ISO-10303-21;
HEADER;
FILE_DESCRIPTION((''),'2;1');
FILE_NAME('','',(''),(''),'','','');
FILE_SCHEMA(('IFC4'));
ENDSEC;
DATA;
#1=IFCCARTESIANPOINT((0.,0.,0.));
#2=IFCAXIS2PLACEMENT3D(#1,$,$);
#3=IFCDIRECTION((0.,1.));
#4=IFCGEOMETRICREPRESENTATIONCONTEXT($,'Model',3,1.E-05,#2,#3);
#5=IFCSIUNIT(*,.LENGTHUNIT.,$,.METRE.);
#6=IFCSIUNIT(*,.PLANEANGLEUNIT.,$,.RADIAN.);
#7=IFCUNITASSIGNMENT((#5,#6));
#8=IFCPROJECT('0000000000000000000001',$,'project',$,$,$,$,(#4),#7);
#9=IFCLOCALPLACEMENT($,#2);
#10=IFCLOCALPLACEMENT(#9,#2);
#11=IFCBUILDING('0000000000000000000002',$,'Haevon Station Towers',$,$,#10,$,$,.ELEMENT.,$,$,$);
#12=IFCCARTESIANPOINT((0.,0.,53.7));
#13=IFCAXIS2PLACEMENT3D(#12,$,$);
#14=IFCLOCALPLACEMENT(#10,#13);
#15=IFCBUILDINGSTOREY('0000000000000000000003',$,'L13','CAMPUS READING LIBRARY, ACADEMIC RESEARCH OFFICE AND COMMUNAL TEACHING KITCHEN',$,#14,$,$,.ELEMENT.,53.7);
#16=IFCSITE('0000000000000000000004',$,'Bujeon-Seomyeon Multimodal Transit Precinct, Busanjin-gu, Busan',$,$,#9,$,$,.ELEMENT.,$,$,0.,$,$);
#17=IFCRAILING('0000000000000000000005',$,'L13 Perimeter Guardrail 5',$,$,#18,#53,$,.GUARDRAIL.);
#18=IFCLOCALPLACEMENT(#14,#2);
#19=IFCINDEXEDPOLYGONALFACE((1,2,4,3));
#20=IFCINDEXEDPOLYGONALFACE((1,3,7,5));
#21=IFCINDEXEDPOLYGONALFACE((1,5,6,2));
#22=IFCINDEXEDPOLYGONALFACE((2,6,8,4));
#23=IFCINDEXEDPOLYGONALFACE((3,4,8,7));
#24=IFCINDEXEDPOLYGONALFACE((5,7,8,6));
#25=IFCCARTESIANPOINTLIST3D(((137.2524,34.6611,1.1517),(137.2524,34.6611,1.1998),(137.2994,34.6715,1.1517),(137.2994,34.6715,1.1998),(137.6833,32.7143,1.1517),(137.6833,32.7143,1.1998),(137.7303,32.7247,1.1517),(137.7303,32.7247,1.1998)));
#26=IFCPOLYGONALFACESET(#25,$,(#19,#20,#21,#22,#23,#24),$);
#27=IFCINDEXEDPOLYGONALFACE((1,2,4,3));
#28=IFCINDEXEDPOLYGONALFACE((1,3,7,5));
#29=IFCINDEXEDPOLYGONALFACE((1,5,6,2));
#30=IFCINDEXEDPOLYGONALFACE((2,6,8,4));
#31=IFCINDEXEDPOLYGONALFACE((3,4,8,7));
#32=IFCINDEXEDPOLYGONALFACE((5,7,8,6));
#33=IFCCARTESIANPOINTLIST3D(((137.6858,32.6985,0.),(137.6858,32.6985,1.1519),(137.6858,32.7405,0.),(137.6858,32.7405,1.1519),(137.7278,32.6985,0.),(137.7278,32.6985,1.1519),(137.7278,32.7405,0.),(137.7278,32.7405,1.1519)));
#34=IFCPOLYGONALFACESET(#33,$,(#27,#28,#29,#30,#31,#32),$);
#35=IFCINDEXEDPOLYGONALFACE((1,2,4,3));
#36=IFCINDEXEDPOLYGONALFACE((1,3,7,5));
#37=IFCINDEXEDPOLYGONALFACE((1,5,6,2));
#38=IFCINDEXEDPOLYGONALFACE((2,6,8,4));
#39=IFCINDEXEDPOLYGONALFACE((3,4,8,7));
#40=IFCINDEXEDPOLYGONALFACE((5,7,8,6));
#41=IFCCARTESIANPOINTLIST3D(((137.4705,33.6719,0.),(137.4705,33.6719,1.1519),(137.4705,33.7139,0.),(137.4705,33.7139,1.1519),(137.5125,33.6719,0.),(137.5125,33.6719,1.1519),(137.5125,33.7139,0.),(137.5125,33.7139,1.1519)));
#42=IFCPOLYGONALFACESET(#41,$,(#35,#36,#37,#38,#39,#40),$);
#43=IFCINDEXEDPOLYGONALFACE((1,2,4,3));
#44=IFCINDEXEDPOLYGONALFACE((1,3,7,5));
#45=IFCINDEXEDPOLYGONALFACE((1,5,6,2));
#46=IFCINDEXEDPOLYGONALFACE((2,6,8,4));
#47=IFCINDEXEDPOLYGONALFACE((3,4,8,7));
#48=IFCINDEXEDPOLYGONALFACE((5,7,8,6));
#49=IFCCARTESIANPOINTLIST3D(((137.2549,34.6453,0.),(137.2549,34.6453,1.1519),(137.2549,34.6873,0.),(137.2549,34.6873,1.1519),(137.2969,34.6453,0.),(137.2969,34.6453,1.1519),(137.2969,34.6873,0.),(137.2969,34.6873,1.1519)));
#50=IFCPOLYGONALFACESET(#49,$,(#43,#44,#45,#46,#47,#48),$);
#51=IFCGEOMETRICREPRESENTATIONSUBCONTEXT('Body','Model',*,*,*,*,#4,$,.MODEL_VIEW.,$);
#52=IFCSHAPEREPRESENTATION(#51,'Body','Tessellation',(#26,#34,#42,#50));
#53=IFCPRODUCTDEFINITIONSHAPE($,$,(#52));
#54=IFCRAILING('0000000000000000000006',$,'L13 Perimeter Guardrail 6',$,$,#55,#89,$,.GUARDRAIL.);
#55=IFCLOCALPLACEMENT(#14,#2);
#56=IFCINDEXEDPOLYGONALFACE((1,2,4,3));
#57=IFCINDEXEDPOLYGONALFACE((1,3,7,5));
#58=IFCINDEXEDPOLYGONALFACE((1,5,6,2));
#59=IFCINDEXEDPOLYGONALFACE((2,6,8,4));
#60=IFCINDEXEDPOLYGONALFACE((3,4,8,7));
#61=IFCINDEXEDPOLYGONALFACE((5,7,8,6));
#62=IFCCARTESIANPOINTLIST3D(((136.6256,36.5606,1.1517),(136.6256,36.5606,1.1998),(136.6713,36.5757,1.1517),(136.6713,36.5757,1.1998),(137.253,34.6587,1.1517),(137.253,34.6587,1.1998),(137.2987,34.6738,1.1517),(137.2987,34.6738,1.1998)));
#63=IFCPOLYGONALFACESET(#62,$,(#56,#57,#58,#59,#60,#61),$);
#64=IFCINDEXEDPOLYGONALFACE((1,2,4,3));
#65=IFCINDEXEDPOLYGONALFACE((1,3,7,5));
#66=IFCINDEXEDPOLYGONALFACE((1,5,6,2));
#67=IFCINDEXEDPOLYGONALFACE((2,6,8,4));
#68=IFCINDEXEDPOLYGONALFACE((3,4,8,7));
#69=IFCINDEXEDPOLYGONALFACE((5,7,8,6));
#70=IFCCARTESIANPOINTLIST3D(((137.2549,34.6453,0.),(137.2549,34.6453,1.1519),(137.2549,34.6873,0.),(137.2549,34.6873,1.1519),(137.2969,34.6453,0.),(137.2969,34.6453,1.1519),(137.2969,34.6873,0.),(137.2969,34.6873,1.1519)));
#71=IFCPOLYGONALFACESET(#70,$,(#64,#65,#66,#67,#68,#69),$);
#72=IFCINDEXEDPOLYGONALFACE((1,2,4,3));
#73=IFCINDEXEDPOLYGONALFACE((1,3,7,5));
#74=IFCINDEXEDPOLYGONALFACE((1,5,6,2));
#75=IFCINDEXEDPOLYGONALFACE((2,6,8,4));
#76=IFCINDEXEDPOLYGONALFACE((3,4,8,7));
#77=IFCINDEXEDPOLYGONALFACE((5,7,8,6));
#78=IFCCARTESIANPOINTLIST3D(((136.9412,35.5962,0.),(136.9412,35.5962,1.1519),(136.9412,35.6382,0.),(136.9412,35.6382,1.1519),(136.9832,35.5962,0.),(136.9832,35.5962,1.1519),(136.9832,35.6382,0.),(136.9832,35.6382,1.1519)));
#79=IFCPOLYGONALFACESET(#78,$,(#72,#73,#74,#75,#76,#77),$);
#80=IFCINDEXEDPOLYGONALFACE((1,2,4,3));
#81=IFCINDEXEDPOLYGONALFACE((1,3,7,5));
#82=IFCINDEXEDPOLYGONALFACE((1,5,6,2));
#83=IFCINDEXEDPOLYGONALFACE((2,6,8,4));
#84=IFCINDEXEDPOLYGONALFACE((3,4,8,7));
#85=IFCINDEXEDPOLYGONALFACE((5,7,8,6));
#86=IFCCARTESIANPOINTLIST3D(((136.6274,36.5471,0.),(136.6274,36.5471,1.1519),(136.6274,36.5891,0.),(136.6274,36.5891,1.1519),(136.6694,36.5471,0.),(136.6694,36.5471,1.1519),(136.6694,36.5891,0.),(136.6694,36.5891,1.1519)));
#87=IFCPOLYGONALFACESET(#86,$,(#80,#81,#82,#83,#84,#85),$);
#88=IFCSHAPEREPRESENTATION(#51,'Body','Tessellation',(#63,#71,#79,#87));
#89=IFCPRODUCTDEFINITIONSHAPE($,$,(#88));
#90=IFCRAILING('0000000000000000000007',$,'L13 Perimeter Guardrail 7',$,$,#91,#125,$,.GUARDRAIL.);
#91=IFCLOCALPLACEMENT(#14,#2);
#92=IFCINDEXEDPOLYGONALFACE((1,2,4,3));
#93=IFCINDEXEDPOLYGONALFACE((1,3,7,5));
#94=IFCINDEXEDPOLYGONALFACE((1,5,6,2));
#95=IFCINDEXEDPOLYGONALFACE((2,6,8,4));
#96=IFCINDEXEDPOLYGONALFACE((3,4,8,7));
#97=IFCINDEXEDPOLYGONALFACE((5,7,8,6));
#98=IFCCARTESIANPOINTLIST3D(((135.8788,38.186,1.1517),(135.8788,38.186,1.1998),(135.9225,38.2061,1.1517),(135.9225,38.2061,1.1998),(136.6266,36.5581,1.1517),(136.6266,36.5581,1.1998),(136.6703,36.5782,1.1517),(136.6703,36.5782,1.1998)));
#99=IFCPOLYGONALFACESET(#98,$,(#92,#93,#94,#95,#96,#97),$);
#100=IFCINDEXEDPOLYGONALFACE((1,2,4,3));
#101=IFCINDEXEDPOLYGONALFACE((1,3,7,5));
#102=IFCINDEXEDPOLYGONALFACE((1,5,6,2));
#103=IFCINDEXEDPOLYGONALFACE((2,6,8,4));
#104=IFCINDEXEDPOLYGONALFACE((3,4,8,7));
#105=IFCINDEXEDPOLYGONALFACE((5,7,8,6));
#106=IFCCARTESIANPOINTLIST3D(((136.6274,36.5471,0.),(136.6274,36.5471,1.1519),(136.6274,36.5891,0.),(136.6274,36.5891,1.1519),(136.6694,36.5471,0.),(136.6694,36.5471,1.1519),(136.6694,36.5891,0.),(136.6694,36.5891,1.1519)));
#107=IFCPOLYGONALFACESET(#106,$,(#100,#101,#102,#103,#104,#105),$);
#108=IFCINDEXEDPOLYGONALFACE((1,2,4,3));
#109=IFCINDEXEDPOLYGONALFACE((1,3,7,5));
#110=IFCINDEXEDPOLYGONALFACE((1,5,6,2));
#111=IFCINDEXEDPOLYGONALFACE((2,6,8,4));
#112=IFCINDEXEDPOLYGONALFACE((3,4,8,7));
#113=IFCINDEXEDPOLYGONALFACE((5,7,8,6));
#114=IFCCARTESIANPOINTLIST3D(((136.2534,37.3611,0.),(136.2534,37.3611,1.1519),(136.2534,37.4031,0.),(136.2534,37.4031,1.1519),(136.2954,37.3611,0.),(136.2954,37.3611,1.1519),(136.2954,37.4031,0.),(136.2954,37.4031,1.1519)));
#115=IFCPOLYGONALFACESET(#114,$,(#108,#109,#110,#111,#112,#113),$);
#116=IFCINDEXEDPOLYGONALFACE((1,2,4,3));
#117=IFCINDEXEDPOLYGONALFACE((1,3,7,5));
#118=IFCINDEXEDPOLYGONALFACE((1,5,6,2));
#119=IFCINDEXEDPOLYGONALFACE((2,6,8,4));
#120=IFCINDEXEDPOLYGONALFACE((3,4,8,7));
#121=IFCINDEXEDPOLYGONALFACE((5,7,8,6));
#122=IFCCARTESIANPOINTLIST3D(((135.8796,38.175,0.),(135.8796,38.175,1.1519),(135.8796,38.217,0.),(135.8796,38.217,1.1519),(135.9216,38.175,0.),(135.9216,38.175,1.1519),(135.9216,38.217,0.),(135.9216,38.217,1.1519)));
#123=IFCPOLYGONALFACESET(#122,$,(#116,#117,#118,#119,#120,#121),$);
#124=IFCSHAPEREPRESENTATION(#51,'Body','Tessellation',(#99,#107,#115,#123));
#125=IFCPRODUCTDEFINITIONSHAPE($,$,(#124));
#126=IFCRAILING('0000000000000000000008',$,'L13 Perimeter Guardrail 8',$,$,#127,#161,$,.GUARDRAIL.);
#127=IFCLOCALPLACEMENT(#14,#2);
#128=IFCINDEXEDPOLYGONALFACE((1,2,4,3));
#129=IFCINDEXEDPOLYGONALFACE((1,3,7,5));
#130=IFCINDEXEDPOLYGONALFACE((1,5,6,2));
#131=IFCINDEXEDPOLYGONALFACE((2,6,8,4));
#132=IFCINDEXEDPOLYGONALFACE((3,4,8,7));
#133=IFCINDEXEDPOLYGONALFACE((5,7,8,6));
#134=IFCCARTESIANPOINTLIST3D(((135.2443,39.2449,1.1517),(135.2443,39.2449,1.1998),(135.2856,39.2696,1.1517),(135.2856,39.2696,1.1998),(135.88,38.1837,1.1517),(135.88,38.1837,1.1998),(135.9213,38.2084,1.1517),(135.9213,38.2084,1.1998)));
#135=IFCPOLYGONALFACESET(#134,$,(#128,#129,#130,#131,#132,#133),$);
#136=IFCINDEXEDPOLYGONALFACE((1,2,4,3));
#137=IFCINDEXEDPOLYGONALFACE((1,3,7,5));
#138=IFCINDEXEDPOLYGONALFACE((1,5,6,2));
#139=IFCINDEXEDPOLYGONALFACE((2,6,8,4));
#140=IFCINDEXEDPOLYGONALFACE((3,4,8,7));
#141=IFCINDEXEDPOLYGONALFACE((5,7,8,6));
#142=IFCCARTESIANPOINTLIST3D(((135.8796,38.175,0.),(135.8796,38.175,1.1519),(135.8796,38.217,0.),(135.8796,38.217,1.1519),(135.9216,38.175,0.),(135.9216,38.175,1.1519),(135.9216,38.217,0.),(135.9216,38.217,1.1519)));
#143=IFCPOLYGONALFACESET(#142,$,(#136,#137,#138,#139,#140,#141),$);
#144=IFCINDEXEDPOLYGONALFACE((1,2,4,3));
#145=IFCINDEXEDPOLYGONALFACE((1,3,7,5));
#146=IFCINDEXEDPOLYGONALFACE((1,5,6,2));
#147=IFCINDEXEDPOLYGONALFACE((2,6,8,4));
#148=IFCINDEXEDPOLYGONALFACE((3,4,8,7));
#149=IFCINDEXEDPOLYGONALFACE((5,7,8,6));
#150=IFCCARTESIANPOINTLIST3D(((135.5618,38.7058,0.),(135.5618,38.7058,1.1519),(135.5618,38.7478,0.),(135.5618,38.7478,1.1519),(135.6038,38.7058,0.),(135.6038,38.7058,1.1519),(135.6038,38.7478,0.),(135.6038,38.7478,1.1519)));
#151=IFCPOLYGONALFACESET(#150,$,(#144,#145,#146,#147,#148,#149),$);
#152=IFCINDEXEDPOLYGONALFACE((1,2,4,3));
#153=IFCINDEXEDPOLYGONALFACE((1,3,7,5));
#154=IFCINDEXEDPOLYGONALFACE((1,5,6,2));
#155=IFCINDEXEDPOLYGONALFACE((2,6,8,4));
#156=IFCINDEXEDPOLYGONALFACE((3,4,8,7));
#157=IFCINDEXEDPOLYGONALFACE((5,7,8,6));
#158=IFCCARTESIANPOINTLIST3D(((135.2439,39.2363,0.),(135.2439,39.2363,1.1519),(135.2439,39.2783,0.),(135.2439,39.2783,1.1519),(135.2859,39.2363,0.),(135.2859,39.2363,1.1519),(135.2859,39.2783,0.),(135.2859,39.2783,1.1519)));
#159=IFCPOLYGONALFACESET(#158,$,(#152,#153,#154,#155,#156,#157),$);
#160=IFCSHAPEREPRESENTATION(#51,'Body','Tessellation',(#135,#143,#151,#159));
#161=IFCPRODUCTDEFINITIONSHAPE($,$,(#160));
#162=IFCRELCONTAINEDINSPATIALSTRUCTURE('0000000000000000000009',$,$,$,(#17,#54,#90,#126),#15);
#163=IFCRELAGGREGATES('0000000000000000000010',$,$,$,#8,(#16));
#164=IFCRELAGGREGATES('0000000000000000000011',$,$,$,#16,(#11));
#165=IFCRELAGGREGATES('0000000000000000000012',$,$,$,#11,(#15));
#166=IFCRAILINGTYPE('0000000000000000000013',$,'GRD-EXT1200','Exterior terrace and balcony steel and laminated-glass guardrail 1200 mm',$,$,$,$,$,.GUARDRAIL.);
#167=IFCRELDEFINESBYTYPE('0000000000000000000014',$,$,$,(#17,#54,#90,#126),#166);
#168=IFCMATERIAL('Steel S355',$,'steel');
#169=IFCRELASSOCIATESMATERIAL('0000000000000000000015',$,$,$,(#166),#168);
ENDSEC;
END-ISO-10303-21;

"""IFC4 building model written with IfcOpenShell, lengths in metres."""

from ifc_helpers import new_model, si_unit, direction, frame, origin, origin_2d, place, context, subcontext, project, spatial, rectangle, extrude, material, type_object, element, save


model = new_model("IFC4")

# Units and contexts
model_context = context("Model", 3, precision=1e-05, world=origin(), true_north=direction((0.0, 1.0)))
body_context = subcontext(model_context, "Body", "Model", "MODEL_VIEW")
ifc_project = project(units=[si_unit("LENGTHUNIT", "METRE"), si_unit("PLANEANGLEUNIT", "RADIAN")], contexts=[model_context])

# Site, building, storey
site_placement = place(None, origin())
site = spatial("IfcSite", under=ifc_project, at=site_placement, Name="Bujeon-Seomyeon Multimodal Transit Precinct, Busanjin-gu, Busan", CompositionType="ELEMENT", RefElevation=0.0)
building_placement = place(site_placement, origin())
building = spatial("IfcBuilding", under=site, at=building_placement, Name="Haevon Station Towers", CompositionType="ELEMENT")
storey_placement = place(building_placement, frame((0.0, 0.0, 53.7)))
storey = spatial("IfcBuildingStorey", under=building, at=storey_placement, Name="L13", Description="CAMPUS READING LIBRARY, ACADEMIC RESEARCH OFFICE AND COMMUNAL TEACHING KITCHEN", CompositionType="ELEMENT", Elevation=53.7)

# Shared definitions
ifc_material_1 = material(Name="Steel S355", Category="steel")

# Railings
railing_type = type_object("IfcRailingType", Name="GRD-EXT1200", Description="Exterior terrace and balcony steel and laminated-glass guardrail 1200 mm", PredefinedType="GUARDRAIL", material=ifc_material_1)
railing_1_placement = place(storey_placement, frame((137.7068, 32.7195, 0.0)))
element("IfcRailing", 1, at=railing_1_placement, inside=storey, type_object=railing_type, Name="L13 Perimeter Guardrail 5", PredefinedType="GUARDRAIL", context=body_context, shape_type="SweptSolid", body=[
    extrude(rectangle(XDim=0.0481, YDim=0.0481, at=origin_2d()), frame((0.0, 0.0, 1.1758), z_axis=(-0.216114, 0.976368, 0.0), x_axis=(-0.976368, -0.216114, 0.0)), (0.0, 0.0, 1.0), 1.9939),
    extrude(rectangle(XDim=0.042, YDim=0.042, at=origin_2d()), origin(), (0.0, 0.0, 1.0), 1.1519),
    extrude(rectangle(XDim=0.042, YDim=0.042, at=origin_2d()), frame((-0.2153, 0.9734, 0.0)), (0.0, 0.0, 1.0), 1.1519),
    extrude(rectangle(XDim=0.042, YDim=0.042, at=origin_2d()), frame((-0.4309, 1.9468, 0.0)), (0.0, 0.0, 1.0), 1.1519),
])
railing_2_placement = place(storey_placement, frame((137.2759, 34.6663, 0.0)))
element("IfcRailing", 2, at=railing_2_placement, inside=storey, type_object=railing_type, Name="L13 Perimeter Guardrail 6", PredefinedType="GUARDRAIL", context=body_context, shape_type="SweptSolid", body=[
    extrude(rectangle(XDim=0.0481, YDim=0.0481, at=origin_2d()), frame((0.0, 0.0, 1.1758), z_axis=(-0.3133, 0.949654, 0.0), x_axis=(-0.949654, -0.3133, 0.0)), (0.0, 0.0, 1.0), 2.0027),
    extrude(rectangle(XDim=0.042, YDim=0.042, at=origin_2d()), origin(), (0.0, 0.0, 1.0), 1.1519),
    extrude(rectangle(XDim=0.042, YDim=0.042, at=origin_2d()), frame((-0.3137, 0.9509, 0.0)), (0.0, 0.0, 1.0), 1.1519),
    extrude(rectangle(XDim=0.042, YDim=0.042, at=origin_2d()), frame((-0.6274, 1.9019, 0.0)), (0.0, 0.0, 1.0), 1.1519),
])
railing_3_placement = place(storey_placement, frame((136.6484, 36.5681, 0.0)))
element("IfcRailing", 3, at=railing_3_placement, inside=storey, type_object=railing_type, Name="L13 Perimeter Guardrail 7", PredefinedType="GUARDRAIL", context=body_context, shape_type="SweptSolid", body=[
    extrude(rectangle(XDim=0.0481, YDim=0.0481, at=origin_2d()), frame((0.0, 0.0, 1.1758), z_axis=(-0.417424, 0.908712, 0.0), x_axis=(-0.908712, -0.417424, 0.0)), (0.0, 0.0, 1.0), 1.7915),
    extrude(rectangle(XDim=0.042, YDim=0.042, at=origin_2d()), origin(), (0.0, 0.0, 1.0), 1.1519),
    extrude(rectangle(XDim=0.042, YDim=0.042, at=origin_2d()), frame((-0.374, 0.814, 0.0)), (0.0, 0.0, 1.0), 1.1519),
    extrude(rectangle(XDim=0.042, YDim=0.042, at=origin_2d()), frame((-0.7478, 1.6279, 0.0)), (0.0, 0.0, 1.0), 1.1519),
])
railing_4_placement = place(storey_placement, frame((135.9006, 38.196, 0.0)))
element("IfcRailing", 4, at=railing_4_placement, inside=storey, type_object=railing_type, Name="L13 Perimeter Guardrail 8", PredefinedType="GUARDRAIL", context=body_context, shape_type="SweptSolid", body=[
    extrude(rectangle(XDim=0.0481, YDim=0.0481, at=origin_2d()), frame((0.0, 0.0, 1.1758), z_axis=(-0.513886, 0.857858, 0.0), x_axis=(-0.857858, -0.513886, 0.0)), (0.0, 0.0, 1.0), 1.2371),
    extrude(rectangle(XDim=0.042, YDim=0.042, at=origin_2d()), origin(), (0.0, 0.0, 1.0), 1.1519),
    extrude(rectangle(XDim=0.042, YDim=0.042, at=origin_2d()), frame((-0.3179, 0.5308, 0.0)), (0.0, 0.0, 1.0), 1.1519),
    extrude(rectangle(XDim=0.042, YDim=0.042, at=origin_2d()), frame((-0.6357, 1.0613, 0.0)), (0.0, 0.0, 1.0), 1.1519),
])

save(model, "model.ifc")
